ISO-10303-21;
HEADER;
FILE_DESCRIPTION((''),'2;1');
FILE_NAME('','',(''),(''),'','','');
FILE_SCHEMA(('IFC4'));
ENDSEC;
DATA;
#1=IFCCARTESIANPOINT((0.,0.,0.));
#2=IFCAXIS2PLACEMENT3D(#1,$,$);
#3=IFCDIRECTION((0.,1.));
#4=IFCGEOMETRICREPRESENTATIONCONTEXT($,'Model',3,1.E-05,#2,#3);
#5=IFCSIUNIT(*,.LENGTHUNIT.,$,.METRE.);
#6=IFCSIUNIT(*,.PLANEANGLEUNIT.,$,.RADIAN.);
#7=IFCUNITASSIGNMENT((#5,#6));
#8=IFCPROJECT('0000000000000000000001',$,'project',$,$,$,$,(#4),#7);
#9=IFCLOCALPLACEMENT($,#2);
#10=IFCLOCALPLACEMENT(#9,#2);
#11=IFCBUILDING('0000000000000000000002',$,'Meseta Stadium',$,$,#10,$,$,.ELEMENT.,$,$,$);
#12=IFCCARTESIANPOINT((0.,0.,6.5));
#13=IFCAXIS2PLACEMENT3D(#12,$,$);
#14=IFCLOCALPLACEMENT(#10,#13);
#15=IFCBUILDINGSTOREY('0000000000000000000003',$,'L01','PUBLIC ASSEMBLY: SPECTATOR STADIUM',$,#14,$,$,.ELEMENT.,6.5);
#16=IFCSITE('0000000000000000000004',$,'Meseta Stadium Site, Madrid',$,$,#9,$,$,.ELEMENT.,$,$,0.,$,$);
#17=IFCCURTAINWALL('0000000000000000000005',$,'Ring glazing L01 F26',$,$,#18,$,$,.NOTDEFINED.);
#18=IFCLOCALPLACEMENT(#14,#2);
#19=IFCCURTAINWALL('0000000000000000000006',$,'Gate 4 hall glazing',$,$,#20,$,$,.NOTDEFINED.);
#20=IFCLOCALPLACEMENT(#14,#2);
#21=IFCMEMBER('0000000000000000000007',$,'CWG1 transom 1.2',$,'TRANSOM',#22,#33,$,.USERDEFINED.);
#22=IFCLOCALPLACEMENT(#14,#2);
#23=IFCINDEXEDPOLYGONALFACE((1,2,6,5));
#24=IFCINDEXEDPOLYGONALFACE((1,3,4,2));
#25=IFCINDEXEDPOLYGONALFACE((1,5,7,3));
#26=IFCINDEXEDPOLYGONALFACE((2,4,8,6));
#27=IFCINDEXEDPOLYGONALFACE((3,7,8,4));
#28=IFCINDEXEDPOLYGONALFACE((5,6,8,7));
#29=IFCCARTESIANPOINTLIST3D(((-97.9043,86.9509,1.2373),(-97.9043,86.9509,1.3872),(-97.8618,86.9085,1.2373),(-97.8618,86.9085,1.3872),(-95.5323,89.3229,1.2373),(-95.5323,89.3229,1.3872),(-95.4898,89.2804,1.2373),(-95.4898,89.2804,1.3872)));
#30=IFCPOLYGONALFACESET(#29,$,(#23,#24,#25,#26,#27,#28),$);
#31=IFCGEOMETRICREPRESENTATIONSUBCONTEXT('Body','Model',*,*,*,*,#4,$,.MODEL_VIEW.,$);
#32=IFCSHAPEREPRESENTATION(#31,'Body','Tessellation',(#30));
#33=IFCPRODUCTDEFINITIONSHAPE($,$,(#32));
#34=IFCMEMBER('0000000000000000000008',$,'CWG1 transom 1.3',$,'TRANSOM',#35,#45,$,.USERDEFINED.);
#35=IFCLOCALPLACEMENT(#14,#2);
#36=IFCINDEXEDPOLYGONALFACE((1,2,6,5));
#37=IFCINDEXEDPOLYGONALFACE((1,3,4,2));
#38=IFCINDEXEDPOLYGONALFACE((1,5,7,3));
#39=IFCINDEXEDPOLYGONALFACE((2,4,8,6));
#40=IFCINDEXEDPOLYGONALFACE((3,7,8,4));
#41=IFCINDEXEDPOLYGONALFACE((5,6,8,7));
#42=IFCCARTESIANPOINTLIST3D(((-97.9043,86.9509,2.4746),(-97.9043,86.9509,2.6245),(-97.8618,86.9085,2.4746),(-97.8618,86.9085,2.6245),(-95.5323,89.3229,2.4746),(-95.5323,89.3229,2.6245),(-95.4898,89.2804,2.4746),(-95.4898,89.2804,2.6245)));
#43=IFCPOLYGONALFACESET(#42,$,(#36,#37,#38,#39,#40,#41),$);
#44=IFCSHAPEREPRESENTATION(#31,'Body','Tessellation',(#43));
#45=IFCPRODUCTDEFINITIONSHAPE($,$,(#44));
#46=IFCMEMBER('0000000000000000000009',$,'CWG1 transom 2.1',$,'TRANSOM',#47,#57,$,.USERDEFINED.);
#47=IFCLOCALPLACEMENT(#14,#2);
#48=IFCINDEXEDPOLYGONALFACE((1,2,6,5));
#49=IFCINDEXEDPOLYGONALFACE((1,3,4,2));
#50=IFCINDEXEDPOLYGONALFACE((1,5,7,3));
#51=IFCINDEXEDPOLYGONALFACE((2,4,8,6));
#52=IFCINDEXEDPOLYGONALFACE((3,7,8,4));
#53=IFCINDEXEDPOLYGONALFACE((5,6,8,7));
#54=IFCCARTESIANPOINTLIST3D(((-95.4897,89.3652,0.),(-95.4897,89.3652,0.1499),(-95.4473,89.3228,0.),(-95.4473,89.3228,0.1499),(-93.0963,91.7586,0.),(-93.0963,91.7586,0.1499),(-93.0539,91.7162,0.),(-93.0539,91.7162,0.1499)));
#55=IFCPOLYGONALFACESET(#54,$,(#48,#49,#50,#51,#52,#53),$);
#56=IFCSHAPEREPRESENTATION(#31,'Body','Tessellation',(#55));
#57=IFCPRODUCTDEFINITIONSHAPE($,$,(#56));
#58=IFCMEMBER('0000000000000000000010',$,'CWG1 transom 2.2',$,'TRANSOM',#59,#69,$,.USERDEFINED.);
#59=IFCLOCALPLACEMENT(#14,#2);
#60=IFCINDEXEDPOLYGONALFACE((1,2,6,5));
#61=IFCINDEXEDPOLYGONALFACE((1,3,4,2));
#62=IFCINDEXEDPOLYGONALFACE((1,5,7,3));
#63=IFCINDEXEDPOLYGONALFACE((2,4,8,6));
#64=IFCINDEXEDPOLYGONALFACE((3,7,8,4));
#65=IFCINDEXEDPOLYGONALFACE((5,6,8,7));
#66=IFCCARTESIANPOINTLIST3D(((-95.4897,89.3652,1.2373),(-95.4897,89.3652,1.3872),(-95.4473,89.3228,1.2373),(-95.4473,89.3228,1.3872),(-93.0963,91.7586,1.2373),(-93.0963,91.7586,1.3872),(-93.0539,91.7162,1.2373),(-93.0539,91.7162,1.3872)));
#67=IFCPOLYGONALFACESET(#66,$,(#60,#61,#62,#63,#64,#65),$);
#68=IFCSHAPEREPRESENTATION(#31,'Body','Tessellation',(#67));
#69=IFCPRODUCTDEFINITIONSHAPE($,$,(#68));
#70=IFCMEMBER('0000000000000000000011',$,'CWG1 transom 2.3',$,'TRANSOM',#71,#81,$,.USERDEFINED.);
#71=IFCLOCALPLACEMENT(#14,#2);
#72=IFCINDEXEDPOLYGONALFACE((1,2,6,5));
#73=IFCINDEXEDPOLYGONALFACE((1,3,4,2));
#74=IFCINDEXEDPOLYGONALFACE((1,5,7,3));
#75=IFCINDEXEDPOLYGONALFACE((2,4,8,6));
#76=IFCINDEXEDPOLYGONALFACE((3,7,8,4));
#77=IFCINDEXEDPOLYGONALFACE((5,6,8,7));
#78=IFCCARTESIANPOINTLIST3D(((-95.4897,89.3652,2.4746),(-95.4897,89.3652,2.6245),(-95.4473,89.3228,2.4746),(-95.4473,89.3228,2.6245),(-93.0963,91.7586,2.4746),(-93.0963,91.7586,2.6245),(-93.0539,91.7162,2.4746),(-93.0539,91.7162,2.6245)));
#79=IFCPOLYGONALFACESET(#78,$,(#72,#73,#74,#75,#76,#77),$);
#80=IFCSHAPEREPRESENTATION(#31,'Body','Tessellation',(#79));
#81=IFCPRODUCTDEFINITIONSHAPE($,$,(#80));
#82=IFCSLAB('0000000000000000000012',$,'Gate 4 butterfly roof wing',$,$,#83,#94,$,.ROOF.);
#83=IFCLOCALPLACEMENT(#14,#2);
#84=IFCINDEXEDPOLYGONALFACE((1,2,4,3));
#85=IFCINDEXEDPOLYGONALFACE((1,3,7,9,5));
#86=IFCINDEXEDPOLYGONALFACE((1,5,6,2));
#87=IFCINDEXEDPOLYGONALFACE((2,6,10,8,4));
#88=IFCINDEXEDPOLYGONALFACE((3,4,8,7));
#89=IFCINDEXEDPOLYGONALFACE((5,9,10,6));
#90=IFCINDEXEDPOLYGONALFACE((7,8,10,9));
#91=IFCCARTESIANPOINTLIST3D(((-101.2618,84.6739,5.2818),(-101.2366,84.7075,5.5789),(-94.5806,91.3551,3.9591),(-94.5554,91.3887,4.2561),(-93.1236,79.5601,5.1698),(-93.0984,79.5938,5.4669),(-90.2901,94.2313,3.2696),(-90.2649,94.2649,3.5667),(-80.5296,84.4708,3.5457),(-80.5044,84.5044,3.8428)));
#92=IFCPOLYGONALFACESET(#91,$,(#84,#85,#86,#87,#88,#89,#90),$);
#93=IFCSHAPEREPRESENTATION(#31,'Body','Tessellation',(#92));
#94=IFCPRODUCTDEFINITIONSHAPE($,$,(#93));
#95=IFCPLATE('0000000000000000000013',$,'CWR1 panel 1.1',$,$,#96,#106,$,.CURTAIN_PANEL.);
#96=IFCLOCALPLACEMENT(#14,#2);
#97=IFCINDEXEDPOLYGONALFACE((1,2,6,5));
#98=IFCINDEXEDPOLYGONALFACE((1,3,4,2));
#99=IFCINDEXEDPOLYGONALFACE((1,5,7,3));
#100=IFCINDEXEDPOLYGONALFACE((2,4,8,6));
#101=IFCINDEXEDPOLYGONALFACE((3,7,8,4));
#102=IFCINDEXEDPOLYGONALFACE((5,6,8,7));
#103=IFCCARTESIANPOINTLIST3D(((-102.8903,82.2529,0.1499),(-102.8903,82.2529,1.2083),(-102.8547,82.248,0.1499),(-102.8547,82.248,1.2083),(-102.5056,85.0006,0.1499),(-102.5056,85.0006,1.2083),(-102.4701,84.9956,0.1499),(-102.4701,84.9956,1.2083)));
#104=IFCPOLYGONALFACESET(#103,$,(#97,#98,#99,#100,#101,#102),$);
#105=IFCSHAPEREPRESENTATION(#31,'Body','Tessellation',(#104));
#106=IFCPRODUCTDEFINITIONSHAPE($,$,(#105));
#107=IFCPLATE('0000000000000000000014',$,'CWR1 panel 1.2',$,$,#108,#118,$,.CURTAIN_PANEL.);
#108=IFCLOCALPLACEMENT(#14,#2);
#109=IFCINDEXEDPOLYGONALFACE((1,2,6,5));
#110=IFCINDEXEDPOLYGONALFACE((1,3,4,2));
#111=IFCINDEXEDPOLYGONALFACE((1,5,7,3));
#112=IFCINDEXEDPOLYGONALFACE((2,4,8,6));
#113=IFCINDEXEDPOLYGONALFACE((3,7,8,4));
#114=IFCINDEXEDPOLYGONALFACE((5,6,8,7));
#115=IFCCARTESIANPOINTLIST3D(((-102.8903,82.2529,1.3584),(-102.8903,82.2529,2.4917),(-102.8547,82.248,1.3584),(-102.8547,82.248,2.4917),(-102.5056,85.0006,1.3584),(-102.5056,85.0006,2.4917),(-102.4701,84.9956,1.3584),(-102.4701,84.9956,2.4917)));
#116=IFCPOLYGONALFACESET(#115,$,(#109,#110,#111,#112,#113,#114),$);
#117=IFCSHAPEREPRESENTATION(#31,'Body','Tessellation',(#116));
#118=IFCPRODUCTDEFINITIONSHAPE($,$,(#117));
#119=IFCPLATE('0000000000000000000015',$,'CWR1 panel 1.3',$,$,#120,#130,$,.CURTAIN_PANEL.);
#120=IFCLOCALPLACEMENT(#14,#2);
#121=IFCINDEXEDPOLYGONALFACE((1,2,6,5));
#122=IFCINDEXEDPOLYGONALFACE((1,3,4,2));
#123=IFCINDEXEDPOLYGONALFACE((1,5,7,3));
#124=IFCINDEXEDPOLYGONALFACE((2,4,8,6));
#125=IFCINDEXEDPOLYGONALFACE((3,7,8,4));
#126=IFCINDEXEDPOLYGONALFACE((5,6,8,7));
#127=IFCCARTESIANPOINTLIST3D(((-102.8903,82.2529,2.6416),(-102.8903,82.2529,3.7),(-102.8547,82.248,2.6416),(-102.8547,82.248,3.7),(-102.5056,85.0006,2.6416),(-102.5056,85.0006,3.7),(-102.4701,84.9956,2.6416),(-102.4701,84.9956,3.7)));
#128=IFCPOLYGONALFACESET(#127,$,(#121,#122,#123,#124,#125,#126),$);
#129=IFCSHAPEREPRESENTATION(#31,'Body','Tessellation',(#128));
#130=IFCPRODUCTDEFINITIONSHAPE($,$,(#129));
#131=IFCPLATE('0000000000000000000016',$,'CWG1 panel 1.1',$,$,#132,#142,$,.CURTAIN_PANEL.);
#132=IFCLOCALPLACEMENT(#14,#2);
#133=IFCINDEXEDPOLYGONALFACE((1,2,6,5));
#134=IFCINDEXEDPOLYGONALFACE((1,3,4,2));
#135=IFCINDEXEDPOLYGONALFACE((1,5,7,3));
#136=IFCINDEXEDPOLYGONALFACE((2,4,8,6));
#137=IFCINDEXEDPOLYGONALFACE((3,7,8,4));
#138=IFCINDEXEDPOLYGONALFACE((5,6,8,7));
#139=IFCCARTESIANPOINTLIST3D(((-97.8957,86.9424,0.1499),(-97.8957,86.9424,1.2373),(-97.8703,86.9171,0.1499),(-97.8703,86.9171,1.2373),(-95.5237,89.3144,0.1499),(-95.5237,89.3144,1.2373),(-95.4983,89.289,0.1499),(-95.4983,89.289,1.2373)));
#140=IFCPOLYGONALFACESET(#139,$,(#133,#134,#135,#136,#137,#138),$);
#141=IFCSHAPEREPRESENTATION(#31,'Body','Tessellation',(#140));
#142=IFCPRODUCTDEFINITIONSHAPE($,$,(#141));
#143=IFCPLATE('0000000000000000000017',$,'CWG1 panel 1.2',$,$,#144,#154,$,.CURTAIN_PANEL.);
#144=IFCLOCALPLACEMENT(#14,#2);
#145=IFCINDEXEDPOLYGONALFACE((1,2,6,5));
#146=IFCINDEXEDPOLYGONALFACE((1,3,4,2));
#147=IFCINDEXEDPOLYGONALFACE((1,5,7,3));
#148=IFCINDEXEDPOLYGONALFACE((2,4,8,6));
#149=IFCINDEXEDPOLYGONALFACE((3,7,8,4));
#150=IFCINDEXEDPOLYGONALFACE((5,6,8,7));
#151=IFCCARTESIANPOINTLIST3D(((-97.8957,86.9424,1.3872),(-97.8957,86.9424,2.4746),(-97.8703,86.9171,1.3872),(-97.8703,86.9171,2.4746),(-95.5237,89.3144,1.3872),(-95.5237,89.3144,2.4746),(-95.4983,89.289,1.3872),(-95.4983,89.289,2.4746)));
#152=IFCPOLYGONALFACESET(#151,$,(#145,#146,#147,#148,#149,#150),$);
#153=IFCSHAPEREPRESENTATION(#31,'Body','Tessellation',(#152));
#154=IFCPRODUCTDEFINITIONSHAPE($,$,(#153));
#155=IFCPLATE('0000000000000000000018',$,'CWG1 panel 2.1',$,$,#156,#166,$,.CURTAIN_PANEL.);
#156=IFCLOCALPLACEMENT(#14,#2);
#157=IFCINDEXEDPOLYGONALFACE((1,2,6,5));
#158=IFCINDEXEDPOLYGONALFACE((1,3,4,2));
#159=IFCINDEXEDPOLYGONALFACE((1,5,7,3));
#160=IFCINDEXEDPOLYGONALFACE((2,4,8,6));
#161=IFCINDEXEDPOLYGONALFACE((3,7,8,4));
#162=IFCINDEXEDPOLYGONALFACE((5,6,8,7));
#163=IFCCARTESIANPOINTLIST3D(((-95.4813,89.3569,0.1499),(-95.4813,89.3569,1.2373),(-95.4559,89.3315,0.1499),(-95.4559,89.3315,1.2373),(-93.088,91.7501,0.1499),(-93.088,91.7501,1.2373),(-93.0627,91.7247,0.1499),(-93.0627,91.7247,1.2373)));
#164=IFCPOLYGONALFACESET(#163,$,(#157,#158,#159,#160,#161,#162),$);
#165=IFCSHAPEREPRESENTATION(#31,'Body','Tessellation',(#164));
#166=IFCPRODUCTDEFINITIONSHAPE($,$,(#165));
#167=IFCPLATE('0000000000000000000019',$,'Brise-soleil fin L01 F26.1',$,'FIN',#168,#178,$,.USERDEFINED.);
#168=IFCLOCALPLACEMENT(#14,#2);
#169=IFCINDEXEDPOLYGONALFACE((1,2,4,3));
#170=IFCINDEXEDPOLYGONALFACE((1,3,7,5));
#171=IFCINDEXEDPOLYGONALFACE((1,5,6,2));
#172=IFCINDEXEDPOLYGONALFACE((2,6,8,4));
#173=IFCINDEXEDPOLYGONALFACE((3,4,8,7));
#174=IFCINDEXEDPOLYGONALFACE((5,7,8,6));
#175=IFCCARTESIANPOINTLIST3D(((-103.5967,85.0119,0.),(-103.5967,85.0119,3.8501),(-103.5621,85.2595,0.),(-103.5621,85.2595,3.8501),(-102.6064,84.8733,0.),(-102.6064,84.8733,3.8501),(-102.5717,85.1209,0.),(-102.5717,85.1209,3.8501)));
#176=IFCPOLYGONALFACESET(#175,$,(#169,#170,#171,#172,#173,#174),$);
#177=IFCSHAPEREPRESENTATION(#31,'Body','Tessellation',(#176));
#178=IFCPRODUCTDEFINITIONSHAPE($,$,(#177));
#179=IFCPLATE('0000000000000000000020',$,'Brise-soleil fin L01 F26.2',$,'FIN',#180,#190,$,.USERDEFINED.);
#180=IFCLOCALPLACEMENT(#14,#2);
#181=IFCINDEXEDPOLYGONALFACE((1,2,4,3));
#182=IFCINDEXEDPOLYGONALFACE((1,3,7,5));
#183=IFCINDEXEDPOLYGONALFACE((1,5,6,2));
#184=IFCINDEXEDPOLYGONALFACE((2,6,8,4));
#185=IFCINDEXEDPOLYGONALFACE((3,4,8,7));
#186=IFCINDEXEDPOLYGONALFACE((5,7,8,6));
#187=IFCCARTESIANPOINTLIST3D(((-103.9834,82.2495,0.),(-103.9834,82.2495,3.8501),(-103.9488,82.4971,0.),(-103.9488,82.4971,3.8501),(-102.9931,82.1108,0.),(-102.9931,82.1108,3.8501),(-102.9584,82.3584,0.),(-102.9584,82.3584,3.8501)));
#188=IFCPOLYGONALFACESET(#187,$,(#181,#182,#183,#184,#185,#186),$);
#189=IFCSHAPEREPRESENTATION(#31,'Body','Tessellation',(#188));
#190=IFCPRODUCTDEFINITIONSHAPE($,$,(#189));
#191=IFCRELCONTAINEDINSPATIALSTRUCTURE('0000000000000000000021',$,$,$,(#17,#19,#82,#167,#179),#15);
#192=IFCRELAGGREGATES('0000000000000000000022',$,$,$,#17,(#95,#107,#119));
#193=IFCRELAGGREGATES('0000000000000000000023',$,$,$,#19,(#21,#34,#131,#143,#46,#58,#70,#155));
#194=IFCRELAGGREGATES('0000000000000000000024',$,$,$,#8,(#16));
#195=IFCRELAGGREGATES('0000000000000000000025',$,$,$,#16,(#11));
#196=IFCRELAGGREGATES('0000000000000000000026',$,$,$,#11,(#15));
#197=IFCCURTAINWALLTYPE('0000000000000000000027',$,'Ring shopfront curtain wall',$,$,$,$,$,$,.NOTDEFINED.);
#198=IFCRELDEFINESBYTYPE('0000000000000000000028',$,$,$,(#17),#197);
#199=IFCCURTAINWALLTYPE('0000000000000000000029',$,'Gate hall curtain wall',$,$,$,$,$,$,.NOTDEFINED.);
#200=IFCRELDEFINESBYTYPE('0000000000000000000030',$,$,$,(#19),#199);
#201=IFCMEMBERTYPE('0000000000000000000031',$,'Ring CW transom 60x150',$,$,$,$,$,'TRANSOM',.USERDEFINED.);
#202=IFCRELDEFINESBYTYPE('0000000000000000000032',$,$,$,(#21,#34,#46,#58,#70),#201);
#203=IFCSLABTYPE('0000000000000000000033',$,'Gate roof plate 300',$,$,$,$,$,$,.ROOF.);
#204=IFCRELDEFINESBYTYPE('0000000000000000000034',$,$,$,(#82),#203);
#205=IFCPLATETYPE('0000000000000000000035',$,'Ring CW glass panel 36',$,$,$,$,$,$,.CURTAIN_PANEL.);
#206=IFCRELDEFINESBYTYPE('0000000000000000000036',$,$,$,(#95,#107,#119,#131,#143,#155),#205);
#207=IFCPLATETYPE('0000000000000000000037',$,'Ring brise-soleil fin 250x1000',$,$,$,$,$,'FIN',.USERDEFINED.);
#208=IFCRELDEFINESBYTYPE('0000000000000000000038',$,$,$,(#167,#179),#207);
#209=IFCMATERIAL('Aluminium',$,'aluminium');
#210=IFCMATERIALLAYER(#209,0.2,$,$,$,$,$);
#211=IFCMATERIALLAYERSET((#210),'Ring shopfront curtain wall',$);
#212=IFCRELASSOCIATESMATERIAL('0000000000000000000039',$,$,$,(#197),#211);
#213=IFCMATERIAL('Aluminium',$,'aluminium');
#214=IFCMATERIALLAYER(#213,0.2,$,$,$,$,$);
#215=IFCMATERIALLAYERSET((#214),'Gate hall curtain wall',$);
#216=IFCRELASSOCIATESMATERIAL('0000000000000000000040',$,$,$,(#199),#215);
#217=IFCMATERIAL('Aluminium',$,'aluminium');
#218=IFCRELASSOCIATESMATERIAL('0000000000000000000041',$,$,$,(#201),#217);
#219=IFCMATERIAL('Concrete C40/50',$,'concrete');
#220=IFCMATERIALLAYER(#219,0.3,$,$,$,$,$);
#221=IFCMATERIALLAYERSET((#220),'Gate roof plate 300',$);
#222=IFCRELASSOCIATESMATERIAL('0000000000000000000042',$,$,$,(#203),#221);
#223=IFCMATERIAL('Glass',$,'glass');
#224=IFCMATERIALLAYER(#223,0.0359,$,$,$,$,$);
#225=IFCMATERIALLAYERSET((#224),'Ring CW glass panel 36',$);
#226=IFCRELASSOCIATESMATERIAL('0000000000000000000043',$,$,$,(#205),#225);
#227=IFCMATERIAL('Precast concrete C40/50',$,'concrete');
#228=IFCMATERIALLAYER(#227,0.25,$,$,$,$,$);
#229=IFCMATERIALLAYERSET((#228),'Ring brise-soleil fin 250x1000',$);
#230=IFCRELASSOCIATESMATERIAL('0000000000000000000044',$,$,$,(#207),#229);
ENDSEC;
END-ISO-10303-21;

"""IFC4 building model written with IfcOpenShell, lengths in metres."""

from ifc_helpers import new_model, si_unit, direction, frame, origin, origin_2d, place, context, subcontext, project, spatial, polyline, rectangle, outline, extrude, material, layer, layer_set, material_profile, profile_set, type_object, element, aggregate, save


model = new_model("IFC4")

# Units and contexts
model_context = context("Model", 3, precision=1e-05, world=origin(), true_north=direction((0.0, 1.0)))
body_context = subcontext(model_context, "Body", "Model", "MODEL_VIEW")
ifc_project = project(units=[si_unit("LENGTHUNIT", "METRE"), si_unit("PLANEANGLEUNIT", "RADIAN")], contexts=[model_context])

# Site, building, storey
site_placement = place(None, origin())
site = spatial("IfcSite", under=ifc_project, at=site_placement, Name="Meseta Stadium Site, Madrid", CompositionType="ELEMENT", RefElevation=0.0)
building_placement = place(site_placement, origin())
building = spatial("IfcBuilding", under=site, at=building_placement, Name="Meseta Stadium", CompositionType="ELEMENT")
storey_placement = place(building_placement, frame((0.0, 0.0, 6.5)))
storey = spatial("IfcBuildingStorey", under=building, at=storey_placement, Name="L01", Description="PUBLIC ASSEMBLY: SPECTATOR STADIUM", CompositionType="ELEMENT", Elevation=6.5)

# Curtain walls
ifc_material_1 = material(Name="Aluminium", Category="aluminium")
ifc_layer_1 = layer(ifc_material_1, 0.2)
ifc_layer_set_1 = layer_set([ifc_layer_1], Name="Ring shopfront curtain wall")
curtain_wall_type_1 = type_object("IfcCurtainWallType", Name="Ring shopfront curtain wall", PredefinedType="NOTDEFINED", material=ifc_layer_set_1)
curtain_wall_1_placement = place(storey_placement, origin())
curtain_wall_1 = element("IfcCurtainWall", 1, at=curtain_wall_1_placement, inside=storey, type_object=curtain_wall_type_1, Name="Ring glazing L01 F26", PredefinedType="NOTDEFINED")
ifc_material_2 = material(Name="Aluminium", Category="aluminium")
ifc_layer_2 = layer(ifc_material_2, 0.2)
ifc_layer_set_2 = layer_set([ifc_layer_2], Name="Gate hall curtain wall")
curtain_wall_type_2 = type_object("IfcCurtainWallType", Name="Gate hall curtain wall", PredefinedType="NOTDEFINED", material=ifc_layer_set_2)
curtain_wall_2_placement = place(storey_placement, origin())
curtain_wall_2 = element("IfcCurtainWall", 2, at=curtain_wall_2_placement, inside=storey, type_object=curtain_wall_type_2, Name="Gate 4 hall glazing", PredefinedType="NOTDEFINED")

# Members
ifc_material_3 = material(Name="Aluminium", Category="aluminium")
ifc_material_profile_1 = material_profile(ifc_material_3, rectangle(XDim=0.0601, YDim=0.1499, at=origin_2d()), Name="CW 60x150")
ifc_profile_set_1 = profile_set([ifc_material_profile_1], Name="Aluminium")
member_type_1 = type_object("IfcMemberType", Name="Ring CW transom 60x150", ElementType="TRANSOM", PredefinedType="USERDEFINED", material=ifc_profile_set_1)
member_1_placement = place(storey_placement, frame((-97.8831, 86.9297, 1.3123), z_axis=(0.707107, 0.707107, 0.0), x_axis=(-0.707107, 0.707107, 0.0)))
member_1 = element("IfcMember", 3, at=member_1_placement, type_object=member_type_1, Name="CWG1 transom 1.2", ObjectType="TRANSOM", PredefinedType="USERDEFINED", context=body_context, shape_type="SweptSolid", body=[
    extrude(rectangle(XDim=0.0601, YDim=0.1499, at=origin_2d()), origin(), (0.0, 0.0, 1.0), 3.3545),
])
member_2_placement = place(storey_placement, frame((-97.8831, 86.9297, 2.5496), z_axis=(0.707107, 0.707107, 0.0), x_axis=(-0.707107, 0.707107, 0.0)))
member_2 = element("IfcMember", 4, at=member_2_placement, type_object=member_type_1, Name="CWG1 transom 1.3", ObjectType="TRANSOM", PredefinedType="USERDEFINED", context=body_context, shape_type="SweptSolid", body=[
    extrude(rectangle(XDim=0.0601, YDim=0.1499, at=origin_2d()), origin(), (0.0, 0.0, 1.0), 3.3545),
])
member_3_placement = place(storey_placement, frame((-95.4685, 89.344, 0.075), z_axis=(0.707107, 0.707107, 0.0), x_axis=(-0.707107, 0.707107, 0.0)))
member_3 = element("IfcMember", 5, at=member_3_placement, type_object=member_type_1, Name="CWG1 transom 2.1", ObjectType="TRANSOM", PredefinedType="USERDEFINED", context=body_context, shape_type="SweptSolid", body=[
    extrude(rectangle(XDim=0.0601, YDim=0.1499, at=origin_2d()), origin(), (0.0, 0.0, 1.0), 3.3848),
])
member_4_placement = place(storey_placement, frame((-95.4685, 89.344, 1.3123), z_axis=(0.707107, 0.707107, 0.0), x_axis=(-0.707107, 0.707107, 0.0)))
member_4 = element("IfcMember", 6, at=member_4_placement, type_object=member_type_1, Name="CWG1 transom 2.2", ObjectType="TRANSOM", PredefinedType="USERDEFINED", context=body_context, shape_type="SweptSolid", body=[
    extrude(rectangle(XDim=0.0601, YDim=0.1499, at=origin_2d()), origin(), (0.0, 0.0, 1.0), 3.3848),
])
member_5_placement = place(storey_placement, frame((-95.4685, 89.344, 2.5496), z_axis=(0.707107, 0.707107, 0.0), x_axis=(-0.707107, 0.707107, 0.0)))
member_5 = element("IfcMember", 7, at=member_5_placement, type_object=member_type_1, Name="CWG1 transom 2.3", ObjectType="TRANSOM", PredefinedType="USERDEFINED", context=body_context, shape_type="SweptSolid", body=[
    extrude(rectangle(XDim=0.0601, YDim=0.1499, at=origin_2d()), origin(), (0.0, 0.0, 1.0), 3.3848),
])

# Slab
ifc_material_4 = material(Name="Concrete C40/50", Category="concrete")
ifc_layer_3 = layer(ifc_material_4, 0.3)
ifc_layer_set_3 = layer_set([ifc_layer_3], Name="Gate roof plate 300")
slab_type = type_object("IfcSlabType", Name="Gate roof plate 300", PredefinedType="ROOF", material=ifc_layer_set_3)
slab_placement = place(storey_placement, frame((-101.2366, 84.7075, 5.5789), z_axis=(0.084011, 0.112015, 0.990149), x_axis=(0.846657, -0.532011, -0.011651)))
element("IfcSlab", 8, at=slab_placement, inside=storey, type_object=slab_type, Name="Gate 4 butterfly roof wing", PredefinedType="ROOF", context=body_context, shape_type="SweptSolid", body=[
    extrude(outline(polyline([(0.0, 0.0), (9.6121, 0.0), (17.6813, 10.9658), (4.2281, 14.0675), (4.2281, 14.0675), (2.1176, 9.3027), (0.0, 0.0)])), origin(), (0.0, 0.0, -1.0), 0.3),
])

# Plates
ifc_material_5 = material(Name="Glass", Category="glass")
ifc_layer_4 = layer(ifc_material_5, 0.0359)
ifc_layer_set_4 = layer_set([ifc_layer_4], Name="Ring CW glass panel 36")
plate_type_1 = type_object("IfcPlateType", Name="Ring CW glass panel 36", PredefinedType="CURTAIN_PANEL", material=ifc_layer_set_4)
plate_1_placement = place(storey_placement, frame((-102.6802, 83.6243, 0.1499), z_axis=(0.0, 0.0, 1.0), x_axis=(-0.138643, -0.990342, 0.0)))
plate_1 = element("IfcPlate", 9, at=plate_1_placement, type_object=plate_type_1, Name="CWR1 panel 1.1", PredefinedType="CURTAIN_PANEL", context=body_context, shape_type="SweptSolid", body=[
    extrude(rectangle(XDim=2.7744, YDim=0.0359, at=origin_2d()), origin(), (0.0, 0.0, 1.0), 1.0583),
])
plate_2_placement = place(storey_placement, frame((-102.6802, 83.6243, 1.3584), z_axis=(0.0, 0.0, 1.0), x_axis=(-0.138643, -0.990342, 0.0)))
plate_2 = element("IfcPlate", 10, at=plate_2_placement, type_object=plate_type_1, Name="CWR1 panel 1.2", PredefinedType="CURTAIN_PANEL", context=body_context, shape_type="SweptSolid", body=[
    extrude(rectangle(XDim=2.7744, YDim=0.0359, at=origin_2d()), origin(), (0.0, 0.0, 1.0), 1.1333),
])
plate_3_placement = place(storey_placement, frame((-102.6802, 83.6243, 2.6416), z_axis=(0.0, 0.0, 1.0), x_axis=(-0.138643, -0.990342, 0.0)))
plate_3 = element("IfcPlate", 11, at=plate_3_placement, type_object=plate_type_1, Name="CWR1 panel 1.3", PredefinedType="CURTAIN_PANEL", context=body_context, shape_type="SweptSolid", body=[
    extrude(rectangle(XDim=2.7744, YDim=0.0359, at=origin_2d()), origin(), (0.0, 0.0, 1.0), 1.0583),
])
aggregate(curtain_wall_1, [plate_1, plate_2, plate_3])
plate_4_placement = place(storey_placement, frame((-96.697, 88.1157, 0.1499), z_axis=(0.0, 0.0, 1.0), x_axis=(0.707112, 0.707102, 0.0)))
plate_4 = element("IfcPlate", 12, at=plate_4_placement, type_object=plate_type_1, Name="CWG1 panel 1.1", PredefinedType="CURTAIN_PANEL", context=body_context, shape_type="SweptSolid", body=[
    extrude(rectangle(XDim=3.3545, YDim=0.0359, at=origin_2d()), origin(), (0.0, 0.0, 1.0), 1.0874),
])
plate_5_placement = place(storey_placement, frame((-96.697, 88.1157, 1.3872), z_axis=(0.0, 0.0, 1.0), x_axis=(0.707112, 0.707102, 0.0)))
plate_5 = element("IfcPlate", 13, at=plate_5_placement, type_object=plate_type_1, Name="CWG1 panel 1.2", PredefinedType="CURTAIN_PANEL", context=body_context, shape_type="SweptSolid", body=[
    extrude(rectangle(XDim=3.3545, YDim=0.0359, at=origin_2d()), origin(), (0.0, 0.0, 1.0), 1.0874),
])
plate_6_placement = place(storey_placement, frame((-94.272, 90.5408, 0.1499), z_axis=(0.0, 0.0, 1.0), x_axis=(0.707112, 0.707102, 0.0)))
plate_6 = element("IfcPlate", 14, at=plate_6_placement, type_object=plate_type_1, Name="CWG1 panel 2.1", PredefinedType="CURTAIN_PANEL", context=body_context, shape_type="SweptSolid", body=[
    extrude(rectangle(XDim=3.3845, YDim=0.0359, at=origin_2d()), origin(), (0.0, 0.0, 1.0), 1.0874),
])
aggregate(curtain_wall_2, [member_1, member_2, plate_4, plate_5, member_3, member_4, member_5, plate_6])

# Plates
ifc_material_6 = material(Name="Precast concrete C40/50", Category="concrete")
ifc_layer_5 = layer(ifc_material_6, 0.25)
ifc_layer_set_5 = layer_set([ifc_layer_5], Name="Ring brise-soleil fin 250x1000")
plate_type_2 = type_object("IfcPlateType", Name="Ring brise-soleil fin 250x1000", ElementType="FIN", PredefinedType="USERDEFINED", material=ifc_layer_set_5)
for number, where, z_axis, x_axis, name in (
    (15, (-103.0842, 85.0664, 0.0), (0.0, 0.0, 1.0), (-0.138641, -0.990343, 0.0), "Brise-soleil fin L01 F26.1"),
    (16, (-103.4709, 82.304, 0.0), (0.0, 0.0, 1.0), (-0.138641, -0.990343, 0.0), "Brise-soleil fin L01 F26.2"),
):
    element("IfcPlate", number, at=place(storey_placement, frame(where, z_axis=z_axis, x_axis=x_axis)), inside=storey, type_object=plate_type_2, Name=name, ObjectType="FIN", PredefinedType="USERDEFINED", context=body_context, shape_type="SweptSolid", body=[
        extrude(rectangle(XDim=0.25, YDim=1.0, at=origin_2d()), origin(), (0.0, 0.0, 1.0), 3.8501),
    ])

save(model, "model.ifc")
